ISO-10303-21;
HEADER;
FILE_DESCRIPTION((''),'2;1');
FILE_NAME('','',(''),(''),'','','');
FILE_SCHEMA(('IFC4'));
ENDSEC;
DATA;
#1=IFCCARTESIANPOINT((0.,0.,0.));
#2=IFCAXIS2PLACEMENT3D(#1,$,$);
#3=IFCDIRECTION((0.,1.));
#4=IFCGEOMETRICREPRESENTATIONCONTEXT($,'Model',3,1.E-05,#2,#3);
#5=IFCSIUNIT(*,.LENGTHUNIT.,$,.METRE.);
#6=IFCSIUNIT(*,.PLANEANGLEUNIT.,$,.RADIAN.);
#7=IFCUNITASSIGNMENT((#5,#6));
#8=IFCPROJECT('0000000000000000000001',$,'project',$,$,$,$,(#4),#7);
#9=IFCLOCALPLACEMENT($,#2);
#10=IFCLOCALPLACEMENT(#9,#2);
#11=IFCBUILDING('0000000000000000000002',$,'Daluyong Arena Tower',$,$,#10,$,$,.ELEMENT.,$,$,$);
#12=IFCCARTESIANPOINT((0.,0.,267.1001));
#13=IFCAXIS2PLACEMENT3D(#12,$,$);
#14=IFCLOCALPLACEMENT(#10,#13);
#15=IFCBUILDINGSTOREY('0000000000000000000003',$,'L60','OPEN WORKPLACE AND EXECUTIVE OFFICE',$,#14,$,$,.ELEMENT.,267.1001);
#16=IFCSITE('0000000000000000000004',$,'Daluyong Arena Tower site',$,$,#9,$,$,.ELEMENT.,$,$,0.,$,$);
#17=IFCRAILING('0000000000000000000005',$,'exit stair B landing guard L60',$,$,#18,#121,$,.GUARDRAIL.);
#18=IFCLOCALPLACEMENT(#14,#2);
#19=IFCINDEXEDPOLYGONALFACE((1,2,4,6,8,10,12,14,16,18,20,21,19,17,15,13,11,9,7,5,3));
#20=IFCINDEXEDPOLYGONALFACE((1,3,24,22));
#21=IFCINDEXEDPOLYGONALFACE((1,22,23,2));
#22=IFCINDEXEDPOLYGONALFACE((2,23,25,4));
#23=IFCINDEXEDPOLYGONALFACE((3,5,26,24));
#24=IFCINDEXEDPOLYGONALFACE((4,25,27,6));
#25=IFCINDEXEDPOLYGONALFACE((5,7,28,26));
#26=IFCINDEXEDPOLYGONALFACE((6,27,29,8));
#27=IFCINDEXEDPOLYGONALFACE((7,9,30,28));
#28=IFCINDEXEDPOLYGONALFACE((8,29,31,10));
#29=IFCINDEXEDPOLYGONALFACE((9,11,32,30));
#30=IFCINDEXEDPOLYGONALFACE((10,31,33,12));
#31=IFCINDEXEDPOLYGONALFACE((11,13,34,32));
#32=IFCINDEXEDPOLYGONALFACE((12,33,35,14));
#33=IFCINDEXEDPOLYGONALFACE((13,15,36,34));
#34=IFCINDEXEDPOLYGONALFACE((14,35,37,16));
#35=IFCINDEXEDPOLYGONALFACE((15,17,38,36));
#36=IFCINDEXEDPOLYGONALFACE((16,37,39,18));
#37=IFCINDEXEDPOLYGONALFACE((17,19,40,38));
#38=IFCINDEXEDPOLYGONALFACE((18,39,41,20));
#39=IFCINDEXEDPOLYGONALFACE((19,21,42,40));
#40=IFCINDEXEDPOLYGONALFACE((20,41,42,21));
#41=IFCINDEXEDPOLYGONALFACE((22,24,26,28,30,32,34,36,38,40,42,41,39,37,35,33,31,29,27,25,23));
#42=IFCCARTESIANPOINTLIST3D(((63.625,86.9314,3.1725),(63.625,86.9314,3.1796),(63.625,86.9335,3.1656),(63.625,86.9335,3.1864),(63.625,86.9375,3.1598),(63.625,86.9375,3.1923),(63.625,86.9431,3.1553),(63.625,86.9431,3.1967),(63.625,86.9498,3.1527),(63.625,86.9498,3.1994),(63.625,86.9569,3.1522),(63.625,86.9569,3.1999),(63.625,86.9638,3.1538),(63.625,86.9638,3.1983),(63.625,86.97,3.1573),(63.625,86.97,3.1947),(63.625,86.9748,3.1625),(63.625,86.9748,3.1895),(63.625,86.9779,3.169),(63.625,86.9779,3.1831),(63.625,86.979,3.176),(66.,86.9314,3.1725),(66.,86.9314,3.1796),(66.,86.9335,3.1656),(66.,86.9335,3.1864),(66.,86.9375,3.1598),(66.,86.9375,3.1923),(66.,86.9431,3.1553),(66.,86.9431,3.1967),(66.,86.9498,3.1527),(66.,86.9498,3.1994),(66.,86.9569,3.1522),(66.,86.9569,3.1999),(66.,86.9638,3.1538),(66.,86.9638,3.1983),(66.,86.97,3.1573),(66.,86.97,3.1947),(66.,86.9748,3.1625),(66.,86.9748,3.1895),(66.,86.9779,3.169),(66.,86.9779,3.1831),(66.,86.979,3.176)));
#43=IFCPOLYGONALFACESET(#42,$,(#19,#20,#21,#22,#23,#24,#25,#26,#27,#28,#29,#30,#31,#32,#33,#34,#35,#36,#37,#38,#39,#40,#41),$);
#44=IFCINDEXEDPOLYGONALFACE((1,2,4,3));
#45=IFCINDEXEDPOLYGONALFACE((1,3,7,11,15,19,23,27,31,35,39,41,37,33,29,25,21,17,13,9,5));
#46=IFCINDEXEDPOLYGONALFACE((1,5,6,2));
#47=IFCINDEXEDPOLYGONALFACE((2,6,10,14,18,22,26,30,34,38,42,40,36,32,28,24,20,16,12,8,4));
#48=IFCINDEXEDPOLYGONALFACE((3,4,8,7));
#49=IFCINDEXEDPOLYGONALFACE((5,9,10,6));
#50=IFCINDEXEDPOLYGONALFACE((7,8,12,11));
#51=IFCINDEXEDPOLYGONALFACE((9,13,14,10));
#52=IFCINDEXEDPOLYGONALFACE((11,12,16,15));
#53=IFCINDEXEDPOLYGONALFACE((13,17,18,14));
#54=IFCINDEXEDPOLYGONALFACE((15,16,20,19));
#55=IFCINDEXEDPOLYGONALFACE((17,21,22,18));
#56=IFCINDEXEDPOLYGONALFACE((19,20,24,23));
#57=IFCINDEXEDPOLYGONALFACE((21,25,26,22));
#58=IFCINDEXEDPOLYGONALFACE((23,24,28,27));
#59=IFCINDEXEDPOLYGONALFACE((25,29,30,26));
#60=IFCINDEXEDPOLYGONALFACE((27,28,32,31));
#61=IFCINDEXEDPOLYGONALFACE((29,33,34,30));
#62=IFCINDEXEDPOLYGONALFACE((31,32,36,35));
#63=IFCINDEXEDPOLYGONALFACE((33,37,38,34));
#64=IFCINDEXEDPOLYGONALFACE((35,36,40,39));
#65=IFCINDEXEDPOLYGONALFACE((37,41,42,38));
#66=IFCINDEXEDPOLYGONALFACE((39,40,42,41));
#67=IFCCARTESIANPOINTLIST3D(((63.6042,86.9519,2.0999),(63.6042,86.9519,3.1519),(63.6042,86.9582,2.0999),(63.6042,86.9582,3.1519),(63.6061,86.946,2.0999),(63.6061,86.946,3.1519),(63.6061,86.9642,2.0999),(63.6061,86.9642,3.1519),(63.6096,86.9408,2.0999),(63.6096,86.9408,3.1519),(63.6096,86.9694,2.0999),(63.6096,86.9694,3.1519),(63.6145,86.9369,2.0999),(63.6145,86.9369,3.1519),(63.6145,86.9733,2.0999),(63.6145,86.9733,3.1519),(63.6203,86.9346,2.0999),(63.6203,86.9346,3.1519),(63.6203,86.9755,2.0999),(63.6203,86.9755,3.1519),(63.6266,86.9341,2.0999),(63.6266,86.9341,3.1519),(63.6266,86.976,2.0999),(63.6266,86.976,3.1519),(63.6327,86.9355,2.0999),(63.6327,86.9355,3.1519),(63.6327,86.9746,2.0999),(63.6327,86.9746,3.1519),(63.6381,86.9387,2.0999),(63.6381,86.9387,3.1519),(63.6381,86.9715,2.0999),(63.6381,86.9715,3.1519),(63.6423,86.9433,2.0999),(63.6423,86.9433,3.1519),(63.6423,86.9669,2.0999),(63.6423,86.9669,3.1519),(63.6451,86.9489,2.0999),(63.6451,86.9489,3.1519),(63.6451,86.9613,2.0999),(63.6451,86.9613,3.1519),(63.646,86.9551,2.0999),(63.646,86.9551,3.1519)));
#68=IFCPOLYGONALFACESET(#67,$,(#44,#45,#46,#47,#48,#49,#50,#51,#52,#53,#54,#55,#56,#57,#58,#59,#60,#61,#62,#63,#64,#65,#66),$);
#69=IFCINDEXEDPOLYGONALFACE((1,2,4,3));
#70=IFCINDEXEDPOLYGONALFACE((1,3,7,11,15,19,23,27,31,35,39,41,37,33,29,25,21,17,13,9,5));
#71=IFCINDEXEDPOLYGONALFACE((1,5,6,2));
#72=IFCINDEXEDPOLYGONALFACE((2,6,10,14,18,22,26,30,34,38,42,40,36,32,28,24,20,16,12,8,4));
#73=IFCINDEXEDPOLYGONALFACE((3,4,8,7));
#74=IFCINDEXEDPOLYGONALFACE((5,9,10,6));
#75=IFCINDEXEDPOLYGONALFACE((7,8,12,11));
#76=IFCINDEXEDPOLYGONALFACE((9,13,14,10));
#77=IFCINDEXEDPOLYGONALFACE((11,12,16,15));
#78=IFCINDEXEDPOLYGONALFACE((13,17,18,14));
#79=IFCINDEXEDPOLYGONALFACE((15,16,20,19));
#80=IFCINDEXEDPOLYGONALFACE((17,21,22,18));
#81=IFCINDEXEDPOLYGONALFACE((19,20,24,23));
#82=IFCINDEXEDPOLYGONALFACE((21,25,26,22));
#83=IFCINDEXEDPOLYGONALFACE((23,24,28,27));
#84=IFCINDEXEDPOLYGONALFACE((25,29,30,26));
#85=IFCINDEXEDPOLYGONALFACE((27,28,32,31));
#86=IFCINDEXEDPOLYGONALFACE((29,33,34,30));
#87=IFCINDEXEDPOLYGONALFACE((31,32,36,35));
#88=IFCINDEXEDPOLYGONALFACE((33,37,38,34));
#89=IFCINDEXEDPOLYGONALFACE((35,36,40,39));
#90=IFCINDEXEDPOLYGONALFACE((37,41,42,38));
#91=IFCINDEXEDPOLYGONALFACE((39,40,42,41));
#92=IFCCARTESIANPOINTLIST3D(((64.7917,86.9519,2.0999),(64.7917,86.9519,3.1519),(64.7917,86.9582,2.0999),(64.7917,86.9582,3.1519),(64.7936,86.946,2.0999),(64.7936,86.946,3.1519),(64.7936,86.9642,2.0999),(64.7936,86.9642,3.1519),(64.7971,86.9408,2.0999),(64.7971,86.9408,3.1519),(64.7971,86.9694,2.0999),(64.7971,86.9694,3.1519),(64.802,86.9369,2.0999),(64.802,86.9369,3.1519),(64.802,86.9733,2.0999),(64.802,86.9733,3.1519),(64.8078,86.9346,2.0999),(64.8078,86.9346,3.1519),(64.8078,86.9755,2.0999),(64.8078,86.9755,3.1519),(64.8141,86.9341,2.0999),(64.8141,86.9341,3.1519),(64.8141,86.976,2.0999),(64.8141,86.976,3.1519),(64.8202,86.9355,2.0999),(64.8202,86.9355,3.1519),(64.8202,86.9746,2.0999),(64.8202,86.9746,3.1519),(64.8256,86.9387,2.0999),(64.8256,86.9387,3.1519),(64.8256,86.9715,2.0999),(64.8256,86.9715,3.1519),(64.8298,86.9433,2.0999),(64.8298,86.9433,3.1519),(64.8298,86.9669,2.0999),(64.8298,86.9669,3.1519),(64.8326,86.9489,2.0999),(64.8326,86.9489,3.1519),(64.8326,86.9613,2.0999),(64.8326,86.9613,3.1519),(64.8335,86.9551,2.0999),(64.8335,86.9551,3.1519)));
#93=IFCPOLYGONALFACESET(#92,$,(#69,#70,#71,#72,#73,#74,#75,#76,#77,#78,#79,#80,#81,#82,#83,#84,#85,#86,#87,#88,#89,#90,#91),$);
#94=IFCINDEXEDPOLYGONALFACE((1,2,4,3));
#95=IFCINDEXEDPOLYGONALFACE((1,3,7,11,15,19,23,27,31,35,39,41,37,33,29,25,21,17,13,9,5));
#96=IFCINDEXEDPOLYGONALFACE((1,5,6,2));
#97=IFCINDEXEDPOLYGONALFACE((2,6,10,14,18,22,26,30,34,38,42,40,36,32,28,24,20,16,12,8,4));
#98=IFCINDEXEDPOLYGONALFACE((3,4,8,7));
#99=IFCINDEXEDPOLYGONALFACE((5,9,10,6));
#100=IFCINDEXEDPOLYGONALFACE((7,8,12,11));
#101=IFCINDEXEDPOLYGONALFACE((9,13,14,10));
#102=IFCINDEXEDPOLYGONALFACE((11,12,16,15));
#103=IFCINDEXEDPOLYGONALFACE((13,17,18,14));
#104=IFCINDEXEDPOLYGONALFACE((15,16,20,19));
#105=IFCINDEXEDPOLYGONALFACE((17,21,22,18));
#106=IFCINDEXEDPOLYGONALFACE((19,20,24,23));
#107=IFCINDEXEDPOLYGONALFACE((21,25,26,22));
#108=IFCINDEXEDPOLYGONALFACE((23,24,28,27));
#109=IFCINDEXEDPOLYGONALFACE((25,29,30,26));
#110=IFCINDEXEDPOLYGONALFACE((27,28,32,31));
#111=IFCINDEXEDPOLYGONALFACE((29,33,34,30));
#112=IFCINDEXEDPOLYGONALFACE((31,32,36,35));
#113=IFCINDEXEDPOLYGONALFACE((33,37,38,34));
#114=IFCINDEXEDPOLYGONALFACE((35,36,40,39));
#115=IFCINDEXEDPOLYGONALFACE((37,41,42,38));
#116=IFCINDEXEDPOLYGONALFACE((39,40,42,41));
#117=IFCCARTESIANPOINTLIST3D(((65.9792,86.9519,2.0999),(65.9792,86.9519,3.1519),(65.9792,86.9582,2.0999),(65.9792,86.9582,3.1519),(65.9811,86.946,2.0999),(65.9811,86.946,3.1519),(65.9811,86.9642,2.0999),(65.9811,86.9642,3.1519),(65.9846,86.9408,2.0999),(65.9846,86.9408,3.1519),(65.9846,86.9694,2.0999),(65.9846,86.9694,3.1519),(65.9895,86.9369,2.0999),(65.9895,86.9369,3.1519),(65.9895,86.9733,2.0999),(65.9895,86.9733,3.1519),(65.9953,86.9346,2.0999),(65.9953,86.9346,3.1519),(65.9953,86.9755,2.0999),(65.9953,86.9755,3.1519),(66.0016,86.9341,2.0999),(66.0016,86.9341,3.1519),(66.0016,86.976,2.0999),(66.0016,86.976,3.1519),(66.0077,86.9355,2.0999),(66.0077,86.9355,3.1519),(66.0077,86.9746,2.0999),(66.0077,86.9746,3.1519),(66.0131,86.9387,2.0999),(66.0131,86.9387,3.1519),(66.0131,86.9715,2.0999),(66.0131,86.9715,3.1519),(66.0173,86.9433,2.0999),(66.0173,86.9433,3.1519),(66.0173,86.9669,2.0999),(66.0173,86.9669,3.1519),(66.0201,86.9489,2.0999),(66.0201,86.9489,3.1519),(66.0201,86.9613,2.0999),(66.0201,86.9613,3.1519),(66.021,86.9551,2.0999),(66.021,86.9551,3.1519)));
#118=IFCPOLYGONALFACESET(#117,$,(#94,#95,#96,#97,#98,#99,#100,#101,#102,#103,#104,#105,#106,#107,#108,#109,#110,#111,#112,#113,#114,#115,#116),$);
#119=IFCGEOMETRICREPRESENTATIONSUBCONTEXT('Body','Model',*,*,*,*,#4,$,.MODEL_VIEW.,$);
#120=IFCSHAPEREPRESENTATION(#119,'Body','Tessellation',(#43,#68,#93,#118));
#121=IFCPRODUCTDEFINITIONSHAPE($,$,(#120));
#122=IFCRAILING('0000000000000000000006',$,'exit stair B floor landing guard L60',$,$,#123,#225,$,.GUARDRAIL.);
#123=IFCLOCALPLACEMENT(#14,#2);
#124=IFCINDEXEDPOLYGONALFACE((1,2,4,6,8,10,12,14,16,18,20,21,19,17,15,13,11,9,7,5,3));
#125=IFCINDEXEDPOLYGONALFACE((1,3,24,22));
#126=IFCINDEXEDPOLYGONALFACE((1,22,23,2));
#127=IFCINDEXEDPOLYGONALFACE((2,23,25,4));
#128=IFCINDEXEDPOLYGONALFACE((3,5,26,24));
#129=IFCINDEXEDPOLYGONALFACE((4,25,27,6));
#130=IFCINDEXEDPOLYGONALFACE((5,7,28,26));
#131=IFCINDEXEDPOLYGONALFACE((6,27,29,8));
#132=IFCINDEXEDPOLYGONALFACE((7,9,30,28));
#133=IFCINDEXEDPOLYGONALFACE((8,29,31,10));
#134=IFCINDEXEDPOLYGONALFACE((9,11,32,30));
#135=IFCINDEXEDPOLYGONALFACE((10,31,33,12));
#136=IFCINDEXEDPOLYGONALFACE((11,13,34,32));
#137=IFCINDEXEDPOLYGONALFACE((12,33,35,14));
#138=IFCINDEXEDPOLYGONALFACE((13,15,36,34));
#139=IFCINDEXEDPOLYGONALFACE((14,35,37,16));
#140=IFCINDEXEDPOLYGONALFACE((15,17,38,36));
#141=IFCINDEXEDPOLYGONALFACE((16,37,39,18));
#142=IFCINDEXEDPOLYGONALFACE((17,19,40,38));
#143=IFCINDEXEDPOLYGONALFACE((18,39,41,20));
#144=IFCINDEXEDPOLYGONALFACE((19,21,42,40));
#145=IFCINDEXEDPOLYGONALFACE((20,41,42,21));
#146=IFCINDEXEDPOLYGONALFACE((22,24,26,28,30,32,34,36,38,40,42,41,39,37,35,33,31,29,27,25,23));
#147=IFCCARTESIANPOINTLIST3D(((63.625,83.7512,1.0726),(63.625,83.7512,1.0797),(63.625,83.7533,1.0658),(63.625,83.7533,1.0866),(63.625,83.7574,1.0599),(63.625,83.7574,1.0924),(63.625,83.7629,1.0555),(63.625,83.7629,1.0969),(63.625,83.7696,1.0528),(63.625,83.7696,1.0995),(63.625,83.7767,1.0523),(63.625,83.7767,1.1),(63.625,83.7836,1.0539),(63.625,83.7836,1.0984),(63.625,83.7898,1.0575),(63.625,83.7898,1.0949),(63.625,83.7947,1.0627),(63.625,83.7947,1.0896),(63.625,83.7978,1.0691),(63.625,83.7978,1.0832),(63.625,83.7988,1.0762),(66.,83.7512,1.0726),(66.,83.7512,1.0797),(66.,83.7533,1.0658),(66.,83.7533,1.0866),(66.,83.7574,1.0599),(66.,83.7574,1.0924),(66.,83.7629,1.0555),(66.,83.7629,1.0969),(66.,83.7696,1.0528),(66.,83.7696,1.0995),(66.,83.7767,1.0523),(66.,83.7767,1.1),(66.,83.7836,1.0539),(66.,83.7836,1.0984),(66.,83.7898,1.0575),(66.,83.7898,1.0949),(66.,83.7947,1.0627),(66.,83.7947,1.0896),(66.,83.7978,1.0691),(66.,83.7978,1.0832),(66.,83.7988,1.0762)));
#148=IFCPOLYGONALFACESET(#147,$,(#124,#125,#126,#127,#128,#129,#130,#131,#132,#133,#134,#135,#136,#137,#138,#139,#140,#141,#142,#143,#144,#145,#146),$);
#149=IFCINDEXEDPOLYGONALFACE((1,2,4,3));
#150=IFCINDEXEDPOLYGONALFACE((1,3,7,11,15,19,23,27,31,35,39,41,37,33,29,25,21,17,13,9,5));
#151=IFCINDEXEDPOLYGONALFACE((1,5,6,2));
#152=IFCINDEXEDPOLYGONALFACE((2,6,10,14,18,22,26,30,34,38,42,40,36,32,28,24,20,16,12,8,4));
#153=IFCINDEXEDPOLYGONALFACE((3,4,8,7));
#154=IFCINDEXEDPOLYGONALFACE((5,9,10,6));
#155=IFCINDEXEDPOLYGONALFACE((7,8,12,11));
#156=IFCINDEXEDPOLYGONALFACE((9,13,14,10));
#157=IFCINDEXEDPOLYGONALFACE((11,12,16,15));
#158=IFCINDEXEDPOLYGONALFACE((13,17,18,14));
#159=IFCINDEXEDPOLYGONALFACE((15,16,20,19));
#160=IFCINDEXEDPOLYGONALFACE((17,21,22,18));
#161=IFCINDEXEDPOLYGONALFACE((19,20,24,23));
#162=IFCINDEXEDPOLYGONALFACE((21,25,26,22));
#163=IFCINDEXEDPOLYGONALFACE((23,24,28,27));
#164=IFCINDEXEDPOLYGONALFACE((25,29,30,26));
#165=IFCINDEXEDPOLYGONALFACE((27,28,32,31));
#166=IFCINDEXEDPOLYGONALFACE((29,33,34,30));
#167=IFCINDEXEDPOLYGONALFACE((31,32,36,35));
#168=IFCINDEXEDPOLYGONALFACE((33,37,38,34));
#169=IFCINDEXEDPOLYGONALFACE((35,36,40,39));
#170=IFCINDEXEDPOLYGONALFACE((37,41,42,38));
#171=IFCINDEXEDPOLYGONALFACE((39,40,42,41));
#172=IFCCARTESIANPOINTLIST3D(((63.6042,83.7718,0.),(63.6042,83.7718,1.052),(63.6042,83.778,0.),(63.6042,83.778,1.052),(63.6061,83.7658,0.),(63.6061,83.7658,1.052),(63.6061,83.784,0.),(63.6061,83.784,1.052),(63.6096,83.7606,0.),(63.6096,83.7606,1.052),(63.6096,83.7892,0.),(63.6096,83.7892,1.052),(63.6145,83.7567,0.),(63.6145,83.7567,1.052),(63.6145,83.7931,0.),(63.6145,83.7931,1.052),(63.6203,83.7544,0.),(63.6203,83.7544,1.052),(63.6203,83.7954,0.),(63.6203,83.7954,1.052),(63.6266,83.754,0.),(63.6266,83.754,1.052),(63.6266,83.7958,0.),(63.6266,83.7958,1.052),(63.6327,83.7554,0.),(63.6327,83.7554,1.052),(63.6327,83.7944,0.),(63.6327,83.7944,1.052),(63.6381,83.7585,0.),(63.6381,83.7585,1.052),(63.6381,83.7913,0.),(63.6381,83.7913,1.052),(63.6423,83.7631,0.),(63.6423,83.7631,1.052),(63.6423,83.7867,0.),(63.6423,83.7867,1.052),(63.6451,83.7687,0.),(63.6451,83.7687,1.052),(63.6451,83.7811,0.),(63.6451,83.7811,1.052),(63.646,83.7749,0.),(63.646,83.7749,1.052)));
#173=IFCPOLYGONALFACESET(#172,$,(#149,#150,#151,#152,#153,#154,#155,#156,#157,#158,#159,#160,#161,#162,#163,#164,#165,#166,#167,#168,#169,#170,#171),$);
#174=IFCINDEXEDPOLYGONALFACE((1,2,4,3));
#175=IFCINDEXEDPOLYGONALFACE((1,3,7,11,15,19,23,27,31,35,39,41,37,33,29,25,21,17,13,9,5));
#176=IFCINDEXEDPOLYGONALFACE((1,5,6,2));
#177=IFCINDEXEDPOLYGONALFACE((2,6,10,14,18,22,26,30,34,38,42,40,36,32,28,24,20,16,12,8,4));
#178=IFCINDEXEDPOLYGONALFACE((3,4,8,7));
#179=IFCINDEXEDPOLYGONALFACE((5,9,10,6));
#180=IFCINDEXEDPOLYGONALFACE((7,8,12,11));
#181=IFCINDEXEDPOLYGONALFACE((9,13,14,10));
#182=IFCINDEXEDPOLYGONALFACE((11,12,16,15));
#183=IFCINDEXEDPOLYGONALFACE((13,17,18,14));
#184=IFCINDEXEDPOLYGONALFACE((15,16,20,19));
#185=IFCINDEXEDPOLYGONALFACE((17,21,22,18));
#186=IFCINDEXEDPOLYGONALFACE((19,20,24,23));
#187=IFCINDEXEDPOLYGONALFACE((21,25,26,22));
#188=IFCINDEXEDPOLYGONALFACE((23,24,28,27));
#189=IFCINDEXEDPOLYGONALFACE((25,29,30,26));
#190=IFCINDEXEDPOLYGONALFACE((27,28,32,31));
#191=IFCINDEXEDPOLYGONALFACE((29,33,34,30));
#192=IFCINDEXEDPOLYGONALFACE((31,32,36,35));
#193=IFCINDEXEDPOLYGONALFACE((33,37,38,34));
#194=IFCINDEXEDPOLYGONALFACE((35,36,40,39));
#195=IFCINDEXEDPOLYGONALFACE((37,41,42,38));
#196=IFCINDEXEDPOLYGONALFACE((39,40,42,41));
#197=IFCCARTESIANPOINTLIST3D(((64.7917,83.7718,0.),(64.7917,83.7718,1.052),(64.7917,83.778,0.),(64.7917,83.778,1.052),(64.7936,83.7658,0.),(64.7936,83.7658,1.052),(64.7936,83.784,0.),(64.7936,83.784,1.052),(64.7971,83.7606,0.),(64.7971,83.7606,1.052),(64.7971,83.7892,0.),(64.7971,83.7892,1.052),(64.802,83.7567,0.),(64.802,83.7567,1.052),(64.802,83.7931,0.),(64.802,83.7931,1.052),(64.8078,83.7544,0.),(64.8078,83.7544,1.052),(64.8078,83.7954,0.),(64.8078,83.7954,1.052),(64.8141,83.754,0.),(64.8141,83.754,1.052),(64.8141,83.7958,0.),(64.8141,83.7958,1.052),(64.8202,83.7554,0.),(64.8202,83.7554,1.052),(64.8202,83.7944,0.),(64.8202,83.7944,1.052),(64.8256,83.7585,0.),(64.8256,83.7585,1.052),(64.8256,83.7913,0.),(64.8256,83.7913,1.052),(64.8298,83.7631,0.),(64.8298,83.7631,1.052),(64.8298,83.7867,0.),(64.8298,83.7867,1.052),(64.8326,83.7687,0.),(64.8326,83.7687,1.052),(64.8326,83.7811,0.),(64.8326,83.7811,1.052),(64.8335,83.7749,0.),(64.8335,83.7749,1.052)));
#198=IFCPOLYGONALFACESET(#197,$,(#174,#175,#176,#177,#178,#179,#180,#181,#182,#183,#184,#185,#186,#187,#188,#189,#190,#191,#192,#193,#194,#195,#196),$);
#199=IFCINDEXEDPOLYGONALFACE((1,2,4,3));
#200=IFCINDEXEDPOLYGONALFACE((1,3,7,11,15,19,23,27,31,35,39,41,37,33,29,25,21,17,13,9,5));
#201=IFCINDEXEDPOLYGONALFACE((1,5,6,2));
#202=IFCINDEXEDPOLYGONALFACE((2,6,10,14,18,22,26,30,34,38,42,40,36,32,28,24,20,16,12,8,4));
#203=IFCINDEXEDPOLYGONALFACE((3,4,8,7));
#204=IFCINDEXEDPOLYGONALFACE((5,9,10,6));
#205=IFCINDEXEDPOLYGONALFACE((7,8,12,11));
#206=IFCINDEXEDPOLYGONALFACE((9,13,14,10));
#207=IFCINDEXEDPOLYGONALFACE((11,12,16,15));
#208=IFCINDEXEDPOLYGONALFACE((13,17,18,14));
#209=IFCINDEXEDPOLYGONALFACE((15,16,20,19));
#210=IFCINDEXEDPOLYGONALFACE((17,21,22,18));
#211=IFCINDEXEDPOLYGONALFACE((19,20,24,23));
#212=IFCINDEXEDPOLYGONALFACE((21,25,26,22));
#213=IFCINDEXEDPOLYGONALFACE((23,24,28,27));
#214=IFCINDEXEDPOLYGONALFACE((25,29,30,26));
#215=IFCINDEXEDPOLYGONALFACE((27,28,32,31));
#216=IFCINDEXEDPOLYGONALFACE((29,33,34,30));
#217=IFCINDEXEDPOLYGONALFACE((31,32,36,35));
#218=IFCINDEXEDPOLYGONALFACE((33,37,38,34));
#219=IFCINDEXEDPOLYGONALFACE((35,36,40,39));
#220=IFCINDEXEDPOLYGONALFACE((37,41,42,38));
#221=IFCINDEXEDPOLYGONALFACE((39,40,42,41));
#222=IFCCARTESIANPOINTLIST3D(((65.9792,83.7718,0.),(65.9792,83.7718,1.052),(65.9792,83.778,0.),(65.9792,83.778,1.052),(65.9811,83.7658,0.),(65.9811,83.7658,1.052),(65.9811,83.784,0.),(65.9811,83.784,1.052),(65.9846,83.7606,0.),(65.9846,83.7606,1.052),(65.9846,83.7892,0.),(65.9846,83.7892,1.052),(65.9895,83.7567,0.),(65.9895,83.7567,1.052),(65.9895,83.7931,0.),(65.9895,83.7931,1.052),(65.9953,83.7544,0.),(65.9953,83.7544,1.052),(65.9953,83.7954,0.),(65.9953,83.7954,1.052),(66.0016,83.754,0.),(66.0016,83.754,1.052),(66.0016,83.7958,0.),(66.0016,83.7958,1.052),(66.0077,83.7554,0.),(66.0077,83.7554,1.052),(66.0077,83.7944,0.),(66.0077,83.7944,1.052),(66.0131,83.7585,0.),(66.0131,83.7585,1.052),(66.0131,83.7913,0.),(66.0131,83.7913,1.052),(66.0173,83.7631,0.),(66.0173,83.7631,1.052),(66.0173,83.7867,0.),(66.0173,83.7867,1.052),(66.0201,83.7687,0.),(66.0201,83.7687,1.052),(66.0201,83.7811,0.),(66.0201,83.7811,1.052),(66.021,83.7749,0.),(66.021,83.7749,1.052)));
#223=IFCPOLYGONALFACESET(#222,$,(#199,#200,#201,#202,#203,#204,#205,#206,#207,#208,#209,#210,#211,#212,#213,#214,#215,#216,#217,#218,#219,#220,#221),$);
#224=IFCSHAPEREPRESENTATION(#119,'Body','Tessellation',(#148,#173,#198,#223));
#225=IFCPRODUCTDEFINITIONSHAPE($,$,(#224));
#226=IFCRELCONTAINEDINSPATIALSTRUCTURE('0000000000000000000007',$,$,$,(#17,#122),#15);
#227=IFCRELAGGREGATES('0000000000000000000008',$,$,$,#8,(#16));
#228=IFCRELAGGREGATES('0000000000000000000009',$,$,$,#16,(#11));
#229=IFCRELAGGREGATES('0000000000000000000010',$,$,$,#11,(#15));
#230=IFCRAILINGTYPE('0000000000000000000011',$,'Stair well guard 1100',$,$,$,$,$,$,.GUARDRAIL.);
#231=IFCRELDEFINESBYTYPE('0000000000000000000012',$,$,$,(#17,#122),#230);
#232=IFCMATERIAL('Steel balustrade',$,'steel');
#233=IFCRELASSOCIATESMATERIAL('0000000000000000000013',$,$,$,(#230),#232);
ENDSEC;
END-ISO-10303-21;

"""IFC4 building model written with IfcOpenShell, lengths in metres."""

from ifc_helpers import new_model, si_unit, direction, frame, origin, origin_2d, place, context, subcontext, project, spatial, circle, extrude, material, type_object, element, save


model = new_model("IFC4")

# Units and contexts
model_context = context("Model", 3, precision=1e-05, world=origin(), true_north=direction((0.0, 1.0)))
body_context = subcontext(model_context, "Body", "Model", "MODEL_VIEW")
ifc_project = project(units=[si_unit("LENGTHUNIT", "METRE"), si_unit("PLANEANGLEUNIT", "RADIAN")], contexts=[model_context])

# Site, building, storey
site_placement = place(None, origin())
site = spatial("IfcSite", under=ifc_project, at=site_placement, Name="Daluyong Arena Tower site", CompositionType="ELEMENT", RefElevation=0.0)
building_placement = place(site_placement, origin())
building = spatial("IfcBuilding", under=site, at=building_placement, Name="Daluyong Arena Tower", CompositionType="ELEMENT")
storey_placement = place(building_placement, frame((0.0, 0.0, 267.1001)))
storey = spatial("IfcBuildingStorey", under=building, at=storey_placement, Name="L60", Description="OPEN WORKPLACE AND EXECUTIVE OFFICE", CompositionType="ELEMENT", Elevation=267.1001)

# Railings
ifc_material_1 = material(Name="Steel balustrade", Category="steel")
railing_type_1 = type_object("IfcRailingType", Name="Stair well guard 1100", PredefinedType="GUARDRAIL", material=ifc_material_1)
for number, where, name in (
    (1, (63.625, 86.9551, 2.0999), "exit stair B landing guard L60"),
    (2, (63.625, 83.7749, 0.0), "exit stair B floor landing guard L60"),
):
    element("IfcRailing", number, at=place(storey_placement, frame(where)), inside=storey, type_object=railing_type_1, Name=name, PredefinedType="GUARDRAIL", context=body_context, shape_type="SweptSolid", body=[
        extrude(circle(Radius=0.0239, at=origin_2d()), frame((0.0, 0.0, 1.0762), z_axis=(1.0, 0.0, 0.0), x_axis=(0.0, 1.0, 0.0)), (0.0, 0.0, 1.0), 2.375),
        extrude(circle(Radius=0.021, at=origin_2d()), origin(), (0.0, 0.0, 1.0), 1.052),
        extrude(circle(Radius=0.021, at=origin_2d()), frame((1.1875, 0.0, 0.0)), (0.0, 0.0, 1.0), 1.052),
        extrude(circle(Radius=0.021, at=origin_2d()), frame((2.375, 0.0, 0.0)), (0.0, 0.0, 1.0), 1.052),
    ])

save(model, "model.ifc")
